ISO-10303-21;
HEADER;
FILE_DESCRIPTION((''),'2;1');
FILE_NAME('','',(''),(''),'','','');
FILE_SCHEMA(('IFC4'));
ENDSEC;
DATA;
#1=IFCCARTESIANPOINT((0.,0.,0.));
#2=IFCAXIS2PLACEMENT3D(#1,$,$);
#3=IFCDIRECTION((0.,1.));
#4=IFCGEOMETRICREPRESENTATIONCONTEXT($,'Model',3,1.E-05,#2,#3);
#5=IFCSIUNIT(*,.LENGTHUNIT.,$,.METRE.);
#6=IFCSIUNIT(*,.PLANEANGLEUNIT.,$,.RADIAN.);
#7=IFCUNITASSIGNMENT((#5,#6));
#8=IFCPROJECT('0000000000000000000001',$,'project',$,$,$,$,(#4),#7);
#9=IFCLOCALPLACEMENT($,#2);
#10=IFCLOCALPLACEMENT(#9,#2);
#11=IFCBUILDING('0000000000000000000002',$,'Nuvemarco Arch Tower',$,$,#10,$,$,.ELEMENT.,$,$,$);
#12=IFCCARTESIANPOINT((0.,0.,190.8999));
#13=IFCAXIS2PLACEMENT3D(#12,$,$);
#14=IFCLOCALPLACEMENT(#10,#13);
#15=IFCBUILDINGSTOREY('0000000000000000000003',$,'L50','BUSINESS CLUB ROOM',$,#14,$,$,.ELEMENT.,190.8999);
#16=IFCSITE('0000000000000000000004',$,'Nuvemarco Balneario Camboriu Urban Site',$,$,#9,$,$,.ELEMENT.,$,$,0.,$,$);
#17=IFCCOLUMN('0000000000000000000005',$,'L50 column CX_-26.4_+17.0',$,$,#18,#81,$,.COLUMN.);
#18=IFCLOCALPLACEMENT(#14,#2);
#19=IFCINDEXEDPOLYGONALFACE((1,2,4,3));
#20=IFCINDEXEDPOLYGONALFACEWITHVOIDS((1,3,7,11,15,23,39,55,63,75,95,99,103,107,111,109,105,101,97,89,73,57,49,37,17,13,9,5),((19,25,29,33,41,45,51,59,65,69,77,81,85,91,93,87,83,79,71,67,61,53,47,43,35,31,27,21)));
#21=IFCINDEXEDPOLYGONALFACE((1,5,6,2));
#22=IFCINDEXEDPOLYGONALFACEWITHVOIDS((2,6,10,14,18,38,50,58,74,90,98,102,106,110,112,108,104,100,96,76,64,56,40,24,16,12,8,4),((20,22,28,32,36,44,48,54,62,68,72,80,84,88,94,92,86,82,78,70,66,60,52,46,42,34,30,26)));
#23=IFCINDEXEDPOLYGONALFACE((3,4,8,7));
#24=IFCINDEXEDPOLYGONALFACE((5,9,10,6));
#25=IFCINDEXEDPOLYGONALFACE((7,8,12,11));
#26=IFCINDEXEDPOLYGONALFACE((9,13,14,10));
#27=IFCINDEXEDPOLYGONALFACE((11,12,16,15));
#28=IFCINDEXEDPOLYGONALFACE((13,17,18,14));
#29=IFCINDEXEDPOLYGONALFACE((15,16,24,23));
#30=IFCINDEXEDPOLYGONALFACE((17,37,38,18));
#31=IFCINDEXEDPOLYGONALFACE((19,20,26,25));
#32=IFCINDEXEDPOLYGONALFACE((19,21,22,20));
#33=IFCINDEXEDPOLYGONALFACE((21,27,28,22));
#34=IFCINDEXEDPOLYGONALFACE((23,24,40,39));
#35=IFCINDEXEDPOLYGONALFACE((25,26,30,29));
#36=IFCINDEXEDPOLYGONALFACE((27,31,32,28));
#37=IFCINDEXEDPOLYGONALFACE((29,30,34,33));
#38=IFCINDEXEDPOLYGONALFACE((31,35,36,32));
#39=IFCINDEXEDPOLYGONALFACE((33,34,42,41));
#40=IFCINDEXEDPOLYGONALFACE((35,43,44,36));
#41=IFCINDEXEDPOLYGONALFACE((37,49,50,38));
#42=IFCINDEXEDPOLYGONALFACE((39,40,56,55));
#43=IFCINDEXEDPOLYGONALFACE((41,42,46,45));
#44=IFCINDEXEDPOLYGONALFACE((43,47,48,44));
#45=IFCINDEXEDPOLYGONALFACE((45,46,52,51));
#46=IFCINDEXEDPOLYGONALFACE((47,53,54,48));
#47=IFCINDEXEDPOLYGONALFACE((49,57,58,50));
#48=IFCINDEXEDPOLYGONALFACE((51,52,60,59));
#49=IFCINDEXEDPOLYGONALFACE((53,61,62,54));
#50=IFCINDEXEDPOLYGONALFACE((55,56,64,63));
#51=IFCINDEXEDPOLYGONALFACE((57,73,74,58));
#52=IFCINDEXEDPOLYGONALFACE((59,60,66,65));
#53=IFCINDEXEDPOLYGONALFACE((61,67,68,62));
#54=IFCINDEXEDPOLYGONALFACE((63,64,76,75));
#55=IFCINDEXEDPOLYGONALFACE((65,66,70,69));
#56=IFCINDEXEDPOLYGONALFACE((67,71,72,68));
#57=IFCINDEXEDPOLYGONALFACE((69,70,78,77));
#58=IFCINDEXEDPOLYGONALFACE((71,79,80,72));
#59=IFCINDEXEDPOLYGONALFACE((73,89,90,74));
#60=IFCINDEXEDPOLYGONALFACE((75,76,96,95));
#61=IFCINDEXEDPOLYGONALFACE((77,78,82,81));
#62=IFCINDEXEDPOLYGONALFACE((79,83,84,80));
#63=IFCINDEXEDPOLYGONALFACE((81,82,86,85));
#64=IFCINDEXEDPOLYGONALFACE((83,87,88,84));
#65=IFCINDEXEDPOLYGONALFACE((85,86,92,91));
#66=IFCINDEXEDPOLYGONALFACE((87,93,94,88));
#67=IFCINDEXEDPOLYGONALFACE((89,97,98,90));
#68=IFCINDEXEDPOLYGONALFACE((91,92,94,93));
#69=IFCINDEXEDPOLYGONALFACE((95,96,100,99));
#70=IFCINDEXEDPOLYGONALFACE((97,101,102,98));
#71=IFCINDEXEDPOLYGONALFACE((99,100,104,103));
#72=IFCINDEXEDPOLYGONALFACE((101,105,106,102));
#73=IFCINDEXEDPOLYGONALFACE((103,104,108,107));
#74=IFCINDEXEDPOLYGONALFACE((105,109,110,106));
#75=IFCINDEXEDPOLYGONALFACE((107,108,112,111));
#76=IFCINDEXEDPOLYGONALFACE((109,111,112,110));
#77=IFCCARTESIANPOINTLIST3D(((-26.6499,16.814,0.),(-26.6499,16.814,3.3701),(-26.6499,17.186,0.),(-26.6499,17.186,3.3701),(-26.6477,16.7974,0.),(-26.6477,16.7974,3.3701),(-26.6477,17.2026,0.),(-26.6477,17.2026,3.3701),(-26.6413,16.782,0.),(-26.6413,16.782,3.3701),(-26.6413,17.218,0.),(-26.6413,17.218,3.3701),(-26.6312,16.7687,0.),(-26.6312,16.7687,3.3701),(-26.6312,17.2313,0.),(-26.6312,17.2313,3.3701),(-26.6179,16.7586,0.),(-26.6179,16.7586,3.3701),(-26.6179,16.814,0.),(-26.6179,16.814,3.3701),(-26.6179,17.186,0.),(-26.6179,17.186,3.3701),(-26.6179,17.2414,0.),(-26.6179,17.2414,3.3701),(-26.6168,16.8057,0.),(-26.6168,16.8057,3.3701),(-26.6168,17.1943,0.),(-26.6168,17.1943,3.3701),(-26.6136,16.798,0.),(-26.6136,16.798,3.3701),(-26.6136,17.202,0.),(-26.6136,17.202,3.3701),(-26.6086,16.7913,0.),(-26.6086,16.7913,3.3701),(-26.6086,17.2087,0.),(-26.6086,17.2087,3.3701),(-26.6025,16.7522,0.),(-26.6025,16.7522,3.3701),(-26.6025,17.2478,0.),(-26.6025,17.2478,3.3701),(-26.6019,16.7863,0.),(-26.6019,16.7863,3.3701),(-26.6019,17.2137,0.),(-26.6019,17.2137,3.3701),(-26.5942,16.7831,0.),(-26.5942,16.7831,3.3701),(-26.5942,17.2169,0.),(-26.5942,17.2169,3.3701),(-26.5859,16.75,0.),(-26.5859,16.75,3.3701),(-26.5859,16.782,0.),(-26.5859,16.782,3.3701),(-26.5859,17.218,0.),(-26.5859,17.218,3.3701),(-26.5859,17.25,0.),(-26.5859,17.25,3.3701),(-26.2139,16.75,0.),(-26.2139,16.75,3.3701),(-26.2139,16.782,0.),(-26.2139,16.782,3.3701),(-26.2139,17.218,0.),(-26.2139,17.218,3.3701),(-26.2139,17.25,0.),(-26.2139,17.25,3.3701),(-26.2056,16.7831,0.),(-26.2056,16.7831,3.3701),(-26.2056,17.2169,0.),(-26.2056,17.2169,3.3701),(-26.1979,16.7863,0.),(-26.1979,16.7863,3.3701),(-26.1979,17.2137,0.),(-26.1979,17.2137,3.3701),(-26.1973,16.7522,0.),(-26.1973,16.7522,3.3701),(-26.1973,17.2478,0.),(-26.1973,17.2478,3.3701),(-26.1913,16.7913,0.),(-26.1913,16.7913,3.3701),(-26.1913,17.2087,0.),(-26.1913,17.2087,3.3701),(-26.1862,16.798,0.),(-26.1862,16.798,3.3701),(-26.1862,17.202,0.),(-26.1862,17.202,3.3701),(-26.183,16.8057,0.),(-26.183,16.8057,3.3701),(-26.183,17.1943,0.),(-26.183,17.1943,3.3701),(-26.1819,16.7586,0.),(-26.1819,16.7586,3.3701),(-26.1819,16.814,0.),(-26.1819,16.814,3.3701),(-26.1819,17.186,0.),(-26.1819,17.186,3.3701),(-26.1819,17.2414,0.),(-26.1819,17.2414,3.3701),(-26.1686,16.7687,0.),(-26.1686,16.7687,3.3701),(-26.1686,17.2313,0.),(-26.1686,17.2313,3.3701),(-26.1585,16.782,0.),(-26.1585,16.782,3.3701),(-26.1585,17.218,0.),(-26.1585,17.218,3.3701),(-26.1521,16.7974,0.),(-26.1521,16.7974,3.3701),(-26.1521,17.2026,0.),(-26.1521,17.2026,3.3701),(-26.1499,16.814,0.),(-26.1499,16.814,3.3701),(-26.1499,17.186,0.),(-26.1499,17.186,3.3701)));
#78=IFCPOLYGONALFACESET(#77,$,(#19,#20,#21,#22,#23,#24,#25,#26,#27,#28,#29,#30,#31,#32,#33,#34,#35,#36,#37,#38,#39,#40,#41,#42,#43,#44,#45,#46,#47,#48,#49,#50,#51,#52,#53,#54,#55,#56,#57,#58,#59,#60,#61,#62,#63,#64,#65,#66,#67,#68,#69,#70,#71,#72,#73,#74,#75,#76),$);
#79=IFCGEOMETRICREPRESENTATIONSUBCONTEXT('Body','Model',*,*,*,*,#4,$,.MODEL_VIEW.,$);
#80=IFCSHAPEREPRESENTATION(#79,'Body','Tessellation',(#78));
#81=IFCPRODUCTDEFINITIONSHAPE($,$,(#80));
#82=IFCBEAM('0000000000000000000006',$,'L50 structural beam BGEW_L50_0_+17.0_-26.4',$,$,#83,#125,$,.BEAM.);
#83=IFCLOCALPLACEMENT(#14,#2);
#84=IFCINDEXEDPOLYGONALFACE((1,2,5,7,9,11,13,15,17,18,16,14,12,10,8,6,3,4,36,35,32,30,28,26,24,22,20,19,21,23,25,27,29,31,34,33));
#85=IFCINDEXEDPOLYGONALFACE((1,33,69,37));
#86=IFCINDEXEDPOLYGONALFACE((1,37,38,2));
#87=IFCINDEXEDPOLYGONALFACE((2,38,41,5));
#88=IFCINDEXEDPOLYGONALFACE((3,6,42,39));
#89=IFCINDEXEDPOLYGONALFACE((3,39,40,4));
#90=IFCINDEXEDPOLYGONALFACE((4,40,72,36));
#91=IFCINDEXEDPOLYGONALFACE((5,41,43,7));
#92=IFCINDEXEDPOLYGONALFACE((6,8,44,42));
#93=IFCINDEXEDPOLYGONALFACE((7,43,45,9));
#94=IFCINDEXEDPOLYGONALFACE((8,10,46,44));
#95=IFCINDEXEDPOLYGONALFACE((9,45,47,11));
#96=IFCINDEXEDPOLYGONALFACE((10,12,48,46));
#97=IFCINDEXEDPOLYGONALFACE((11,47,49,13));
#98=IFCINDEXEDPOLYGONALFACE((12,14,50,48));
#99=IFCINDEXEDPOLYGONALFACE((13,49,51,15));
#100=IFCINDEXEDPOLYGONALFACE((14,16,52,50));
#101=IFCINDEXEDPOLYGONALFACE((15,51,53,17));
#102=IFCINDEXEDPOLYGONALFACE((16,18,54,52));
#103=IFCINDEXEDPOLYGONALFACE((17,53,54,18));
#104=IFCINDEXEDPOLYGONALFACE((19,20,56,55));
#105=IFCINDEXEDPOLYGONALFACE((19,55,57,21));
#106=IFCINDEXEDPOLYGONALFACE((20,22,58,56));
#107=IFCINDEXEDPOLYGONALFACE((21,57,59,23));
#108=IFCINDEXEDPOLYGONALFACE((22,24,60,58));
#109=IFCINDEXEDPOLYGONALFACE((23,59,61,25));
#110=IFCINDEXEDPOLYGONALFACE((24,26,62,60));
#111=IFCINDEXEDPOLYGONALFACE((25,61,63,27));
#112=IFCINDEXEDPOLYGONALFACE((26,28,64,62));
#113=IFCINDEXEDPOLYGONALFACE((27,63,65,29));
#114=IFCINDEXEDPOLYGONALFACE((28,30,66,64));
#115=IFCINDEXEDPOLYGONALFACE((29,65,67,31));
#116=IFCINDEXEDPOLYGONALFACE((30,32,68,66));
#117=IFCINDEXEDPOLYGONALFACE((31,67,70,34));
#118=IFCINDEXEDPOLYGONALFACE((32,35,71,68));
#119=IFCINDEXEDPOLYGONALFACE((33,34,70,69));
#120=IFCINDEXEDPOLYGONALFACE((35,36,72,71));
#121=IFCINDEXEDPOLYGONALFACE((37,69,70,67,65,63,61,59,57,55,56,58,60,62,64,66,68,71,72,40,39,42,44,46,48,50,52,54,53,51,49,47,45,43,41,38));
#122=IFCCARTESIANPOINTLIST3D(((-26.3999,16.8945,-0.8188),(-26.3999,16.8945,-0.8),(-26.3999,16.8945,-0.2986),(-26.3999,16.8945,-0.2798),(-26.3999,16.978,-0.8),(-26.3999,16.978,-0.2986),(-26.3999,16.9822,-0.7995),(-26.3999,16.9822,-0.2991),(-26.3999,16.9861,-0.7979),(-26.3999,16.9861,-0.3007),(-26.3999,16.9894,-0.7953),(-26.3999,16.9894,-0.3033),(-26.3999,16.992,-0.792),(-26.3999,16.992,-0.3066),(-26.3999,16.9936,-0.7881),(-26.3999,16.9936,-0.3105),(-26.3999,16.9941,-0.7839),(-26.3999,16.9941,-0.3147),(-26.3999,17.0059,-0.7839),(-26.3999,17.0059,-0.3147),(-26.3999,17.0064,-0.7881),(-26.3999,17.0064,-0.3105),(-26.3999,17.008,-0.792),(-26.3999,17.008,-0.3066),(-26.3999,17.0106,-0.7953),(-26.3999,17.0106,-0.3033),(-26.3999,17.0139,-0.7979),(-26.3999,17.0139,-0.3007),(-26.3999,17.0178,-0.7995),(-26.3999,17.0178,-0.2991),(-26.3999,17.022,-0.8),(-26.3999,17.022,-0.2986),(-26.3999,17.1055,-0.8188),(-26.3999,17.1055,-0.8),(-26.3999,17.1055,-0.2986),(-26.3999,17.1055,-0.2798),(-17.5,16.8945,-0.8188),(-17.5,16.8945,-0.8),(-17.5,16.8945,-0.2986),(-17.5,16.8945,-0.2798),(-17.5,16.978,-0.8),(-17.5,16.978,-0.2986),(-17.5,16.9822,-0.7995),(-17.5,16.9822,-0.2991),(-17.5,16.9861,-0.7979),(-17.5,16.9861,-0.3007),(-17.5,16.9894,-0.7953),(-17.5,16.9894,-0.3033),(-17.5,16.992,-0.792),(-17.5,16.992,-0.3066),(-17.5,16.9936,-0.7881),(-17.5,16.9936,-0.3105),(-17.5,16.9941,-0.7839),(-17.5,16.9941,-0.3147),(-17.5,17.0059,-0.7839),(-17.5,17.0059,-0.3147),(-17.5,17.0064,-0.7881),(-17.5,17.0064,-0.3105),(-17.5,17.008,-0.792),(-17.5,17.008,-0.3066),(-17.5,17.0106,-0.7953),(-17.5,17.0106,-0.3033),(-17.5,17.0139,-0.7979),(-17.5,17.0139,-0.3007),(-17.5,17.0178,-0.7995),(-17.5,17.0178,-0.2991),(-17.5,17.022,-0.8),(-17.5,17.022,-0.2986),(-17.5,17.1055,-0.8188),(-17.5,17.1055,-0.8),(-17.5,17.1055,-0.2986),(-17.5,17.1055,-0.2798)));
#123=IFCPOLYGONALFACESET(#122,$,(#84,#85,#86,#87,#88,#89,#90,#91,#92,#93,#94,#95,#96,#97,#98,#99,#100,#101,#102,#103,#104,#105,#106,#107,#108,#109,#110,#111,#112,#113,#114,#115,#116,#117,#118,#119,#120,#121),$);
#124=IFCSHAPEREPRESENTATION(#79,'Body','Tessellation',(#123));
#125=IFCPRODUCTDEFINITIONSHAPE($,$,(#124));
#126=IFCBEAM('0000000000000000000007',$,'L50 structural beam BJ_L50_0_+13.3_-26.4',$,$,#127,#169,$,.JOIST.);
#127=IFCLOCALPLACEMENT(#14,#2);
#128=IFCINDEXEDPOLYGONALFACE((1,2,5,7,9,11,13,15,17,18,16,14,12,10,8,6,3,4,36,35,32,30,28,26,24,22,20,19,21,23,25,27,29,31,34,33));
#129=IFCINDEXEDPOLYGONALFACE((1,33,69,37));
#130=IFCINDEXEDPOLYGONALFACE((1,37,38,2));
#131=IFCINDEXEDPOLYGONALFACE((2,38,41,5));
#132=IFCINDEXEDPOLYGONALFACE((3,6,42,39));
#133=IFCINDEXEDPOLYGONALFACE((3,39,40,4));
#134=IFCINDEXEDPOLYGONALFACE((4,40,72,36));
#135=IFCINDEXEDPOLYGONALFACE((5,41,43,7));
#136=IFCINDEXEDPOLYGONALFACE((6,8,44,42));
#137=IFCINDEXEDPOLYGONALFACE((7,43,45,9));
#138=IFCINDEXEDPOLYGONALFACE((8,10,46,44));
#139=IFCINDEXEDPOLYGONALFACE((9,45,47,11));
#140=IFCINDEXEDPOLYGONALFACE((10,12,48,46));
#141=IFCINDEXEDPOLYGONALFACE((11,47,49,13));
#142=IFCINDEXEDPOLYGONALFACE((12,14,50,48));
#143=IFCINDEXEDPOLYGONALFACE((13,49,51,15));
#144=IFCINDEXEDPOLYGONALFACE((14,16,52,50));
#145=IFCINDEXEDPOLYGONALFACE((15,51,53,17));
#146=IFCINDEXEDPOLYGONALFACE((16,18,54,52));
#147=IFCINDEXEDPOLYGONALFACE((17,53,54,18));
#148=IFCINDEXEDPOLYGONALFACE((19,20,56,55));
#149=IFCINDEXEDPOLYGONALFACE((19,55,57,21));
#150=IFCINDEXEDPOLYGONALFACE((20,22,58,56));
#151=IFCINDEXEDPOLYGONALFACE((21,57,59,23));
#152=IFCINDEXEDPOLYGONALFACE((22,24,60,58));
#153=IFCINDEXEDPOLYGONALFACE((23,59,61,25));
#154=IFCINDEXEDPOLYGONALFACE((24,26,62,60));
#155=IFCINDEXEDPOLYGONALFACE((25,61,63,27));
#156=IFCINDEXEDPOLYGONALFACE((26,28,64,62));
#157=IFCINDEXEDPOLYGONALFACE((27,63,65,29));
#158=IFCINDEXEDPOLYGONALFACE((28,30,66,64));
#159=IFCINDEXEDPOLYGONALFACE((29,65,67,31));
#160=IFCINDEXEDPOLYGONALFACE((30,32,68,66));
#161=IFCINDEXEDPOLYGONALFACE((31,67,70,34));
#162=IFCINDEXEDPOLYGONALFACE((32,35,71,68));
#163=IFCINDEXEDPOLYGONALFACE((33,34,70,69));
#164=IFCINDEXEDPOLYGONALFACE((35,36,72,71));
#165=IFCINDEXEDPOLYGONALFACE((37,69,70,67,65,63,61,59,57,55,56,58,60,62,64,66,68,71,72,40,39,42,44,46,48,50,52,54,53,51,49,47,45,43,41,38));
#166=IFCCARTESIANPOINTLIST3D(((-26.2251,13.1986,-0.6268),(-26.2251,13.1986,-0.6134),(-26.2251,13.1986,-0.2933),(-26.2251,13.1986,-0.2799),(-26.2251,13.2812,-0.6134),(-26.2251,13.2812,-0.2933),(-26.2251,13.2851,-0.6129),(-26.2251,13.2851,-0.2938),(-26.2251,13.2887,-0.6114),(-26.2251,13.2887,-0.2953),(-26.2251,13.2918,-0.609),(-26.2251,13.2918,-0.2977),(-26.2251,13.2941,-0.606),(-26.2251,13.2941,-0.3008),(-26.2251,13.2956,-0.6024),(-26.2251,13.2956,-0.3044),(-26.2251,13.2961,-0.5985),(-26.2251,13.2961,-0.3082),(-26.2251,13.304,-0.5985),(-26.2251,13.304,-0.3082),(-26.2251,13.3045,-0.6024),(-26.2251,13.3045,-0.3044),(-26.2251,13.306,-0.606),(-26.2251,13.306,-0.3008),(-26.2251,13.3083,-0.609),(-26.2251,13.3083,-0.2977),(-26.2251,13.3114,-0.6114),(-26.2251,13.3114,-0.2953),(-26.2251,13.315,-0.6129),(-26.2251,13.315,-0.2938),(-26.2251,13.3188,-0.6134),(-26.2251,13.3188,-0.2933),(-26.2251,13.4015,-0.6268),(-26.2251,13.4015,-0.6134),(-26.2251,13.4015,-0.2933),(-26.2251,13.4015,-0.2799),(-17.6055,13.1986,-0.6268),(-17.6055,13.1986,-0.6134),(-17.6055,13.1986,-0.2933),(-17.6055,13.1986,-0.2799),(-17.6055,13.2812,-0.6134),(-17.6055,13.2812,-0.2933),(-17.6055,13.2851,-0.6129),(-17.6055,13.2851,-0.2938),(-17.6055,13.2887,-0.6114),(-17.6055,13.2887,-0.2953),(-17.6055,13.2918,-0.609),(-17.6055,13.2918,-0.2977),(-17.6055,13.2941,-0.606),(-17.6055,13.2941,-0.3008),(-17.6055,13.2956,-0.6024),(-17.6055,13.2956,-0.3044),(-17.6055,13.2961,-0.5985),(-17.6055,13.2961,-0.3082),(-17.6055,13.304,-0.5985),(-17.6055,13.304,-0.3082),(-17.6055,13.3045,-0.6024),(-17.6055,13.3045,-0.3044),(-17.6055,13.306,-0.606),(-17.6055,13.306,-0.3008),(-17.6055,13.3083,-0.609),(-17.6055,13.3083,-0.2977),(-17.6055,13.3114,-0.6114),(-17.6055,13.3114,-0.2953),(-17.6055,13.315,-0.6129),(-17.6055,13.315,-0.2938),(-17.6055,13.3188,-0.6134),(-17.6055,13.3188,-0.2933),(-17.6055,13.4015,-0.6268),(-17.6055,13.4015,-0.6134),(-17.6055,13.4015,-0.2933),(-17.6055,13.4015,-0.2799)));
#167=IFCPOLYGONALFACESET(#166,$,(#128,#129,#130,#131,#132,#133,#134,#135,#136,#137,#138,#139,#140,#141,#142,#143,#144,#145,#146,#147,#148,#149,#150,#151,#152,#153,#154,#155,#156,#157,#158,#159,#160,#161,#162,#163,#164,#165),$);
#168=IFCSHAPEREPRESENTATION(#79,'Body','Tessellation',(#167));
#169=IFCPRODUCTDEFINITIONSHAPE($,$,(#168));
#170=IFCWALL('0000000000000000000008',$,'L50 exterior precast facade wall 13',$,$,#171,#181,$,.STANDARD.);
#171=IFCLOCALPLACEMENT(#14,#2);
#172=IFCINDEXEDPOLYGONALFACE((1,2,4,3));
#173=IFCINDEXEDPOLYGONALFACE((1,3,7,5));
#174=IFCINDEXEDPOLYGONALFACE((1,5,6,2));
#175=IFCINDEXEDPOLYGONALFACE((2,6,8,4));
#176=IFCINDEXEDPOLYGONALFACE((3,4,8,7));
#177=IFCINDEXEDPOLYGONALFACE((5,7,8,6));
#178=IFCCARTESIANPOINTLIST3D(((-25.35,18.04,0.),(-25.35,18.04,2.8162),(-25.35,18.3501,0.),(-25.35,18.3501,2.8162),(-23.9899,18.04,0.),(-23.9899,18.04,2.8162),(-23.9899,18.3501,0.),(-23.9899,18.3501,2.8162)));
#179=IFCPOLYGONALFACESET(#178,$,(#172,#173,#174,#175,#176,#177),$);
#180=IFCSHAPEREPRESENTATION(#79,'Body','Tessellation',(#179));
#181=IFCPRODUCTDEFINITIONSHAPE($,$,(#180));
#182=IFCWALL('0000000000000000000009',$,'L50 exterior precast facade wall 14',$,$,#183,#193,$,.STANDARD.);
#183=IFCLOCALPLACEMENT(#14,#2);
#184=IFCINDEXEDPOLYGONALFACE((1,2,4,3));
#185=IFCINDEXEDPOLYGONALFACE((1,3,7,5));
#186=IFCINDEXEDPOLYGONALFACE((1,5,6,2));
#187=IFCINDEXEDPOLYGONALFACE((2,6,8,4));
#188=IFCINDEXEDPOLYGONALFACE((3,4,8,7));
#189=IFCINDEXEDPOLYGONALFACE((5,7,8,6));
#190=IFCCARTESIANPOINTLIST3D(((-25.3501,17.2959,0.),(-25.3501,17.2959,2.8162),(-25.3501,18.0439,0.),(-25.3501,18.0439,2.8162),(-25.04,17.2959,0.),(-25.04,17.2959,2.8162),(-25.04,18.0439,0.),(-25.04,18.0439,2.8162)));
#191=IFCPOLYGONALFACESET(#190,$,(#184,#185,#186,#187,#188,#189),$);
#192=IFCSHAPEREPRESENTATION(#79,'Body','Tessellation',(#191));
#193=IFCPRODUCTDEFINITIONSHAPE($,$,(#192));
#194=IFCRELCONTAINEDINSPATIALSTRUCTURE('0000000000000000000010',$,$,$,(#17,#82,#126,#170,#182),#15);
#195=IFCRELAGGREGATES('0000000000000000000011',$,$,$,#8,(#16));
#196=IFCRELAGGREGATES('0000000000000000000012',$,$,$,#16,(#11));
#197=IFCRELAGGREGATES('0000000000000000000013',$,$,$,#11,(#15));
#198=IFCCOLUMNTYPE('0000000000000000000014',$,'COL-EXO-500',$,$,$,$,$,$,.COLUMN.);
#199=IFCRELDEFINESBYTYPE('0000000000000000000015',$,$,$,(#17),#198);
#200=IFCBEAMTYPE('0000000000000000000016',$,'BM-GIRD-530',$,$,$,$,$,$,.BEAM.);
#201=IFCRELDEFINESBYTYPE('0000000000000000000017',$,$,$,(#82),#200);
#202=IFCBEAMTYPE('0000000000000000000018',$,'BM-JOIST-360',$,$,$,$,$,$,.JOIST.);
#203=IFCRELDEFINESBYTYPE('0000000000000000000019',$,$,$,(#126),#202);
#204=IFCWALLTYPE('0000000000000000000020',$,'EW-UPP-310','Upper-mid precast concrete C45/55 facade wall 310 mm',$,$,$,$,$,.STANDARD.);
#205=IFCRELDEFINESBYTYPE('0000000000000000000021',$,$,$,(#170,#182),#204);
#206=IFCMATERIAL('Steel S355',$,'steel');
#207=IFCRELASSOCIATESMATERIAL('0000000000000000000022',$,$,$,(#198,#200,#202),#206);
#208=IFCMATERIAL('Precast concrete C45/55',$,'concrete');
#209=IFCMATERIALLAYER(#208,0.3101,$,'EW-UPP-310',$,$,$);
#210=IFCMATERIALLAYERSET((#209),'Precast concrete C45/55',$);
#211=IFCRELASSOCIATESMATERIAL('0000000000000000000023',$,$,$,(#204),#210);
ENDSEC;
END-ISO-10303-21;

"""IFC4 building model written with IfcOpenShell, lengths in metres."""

from ifc_helpers import new_model, si_unit, direction, frame, frame_2d, origin, origin_2d, place, context, subcontext, project, spatial, rectangle, hollow_rectangle, i_section, extrude, material, layer, layer_set, material_profile, profile_set, type_object, element, save


model = new_model("IFC4")

# Units and contexts
model_context = context("Model", 3, precision=1e-05, world=origin(), true_north=direction((0.0, 1.0)))
body_context = subcontext(model_context, "Body", "Model", "MODEL_VIEW")
ifc_project = project(units=[si_unit("LENGTHUNIT", "METRE"), si_unit("PLANEANGLEUNIT", "RADIAN")], contexts=[model_context])

# Site, building, storey
site_placement = place(None, origin())
site = spatial("IfcSite", under=ifc_project, at=site_placement, Name="Nuvemarco Balneario Camboriu Urban Site", CompositionType="ELEMENT", RefElevation=0.0)
building_placement = place(site_placement, origin())
building = spatial("IfcBuilding", under=site, at=building_placement, Name="Nuvemarco Arch Tower", CompositionType="ELEMENT")
storey_placement = place(building_placement, frame((0.0, 0.0, 190.8999)))
storey = spatial("IfcBuildingStorey", under=building, at=storey_placement, Name="L50", Description="BUSINESS CLUB ROOM", CompositionType="ELEMENT", Elevation=190.8999)

# Column
ifc_material_1 = material(Name="Steel S355", Category="steel")
ifc_material_profile_1 = material_profile(ifc_material_1, hollow_rectangle(XDim=0.5, YDim=0.5, WallThickness=0.032, InnerFilletRadius=0.032, OuterFilletRadius=0.064, at=origin_2d()), Name="SHS500x500x32")
ifc_profile_set_1 = profile_set([ifc_material_profile_1], Name="Steel S355")
column_type = type_object("IfcColumnType", Name="COL-EXO-500", PredefinedType="COLUMN", material=ifc_profile_set_1)
column_placement = place(storey_placement, frame((-26.3999, 17.0, 0.0), z_axis=(0.0, 0.0, 1.0), x_axis=(1.0, 0.0, 0.0)))
element("IfcColumn", 1, at=column_placement, inside=storey, type_object=column_type, Name="L50 column CX_-26.4_+17.0", PredefinedType="COLUMN", context=body_context, shape_type="SweptSolid", body=[
    extrude(hollow_rectangle(XDim=0.5, YDim=0.5, WallThickness=0.032, InnerFilletRadius=0.032, OuterFilletRadius=0.064, at=origin_2d()), origin(), (0.0, 0.0, 1.0), 3.3701),
])

# Beams
ifc_material_profile_2 = material_profile(ifc_material_1, i_section(OverallWidth=0.2109, OverallDepth=0.5391, WebThickness=0.0117, FlangeThickness=0.0188, FilletRadius=0.0161, at=origin_2d()), Name="W530x109")
ifc_profile_set_2 = profile_set([ifc_material_profile_2], Name="Steel S355")
beam_type_1 = type_object("IfcBeamType", Name="BM-GIRD-530", PredefinedType="BEAM", material=ifc_profile_set_2)
beam_1_placement = place(storey_placement, frame((-26.3999, 17.0, -0.5493), z_axis=(1.0, 0.0, 0.0), x_axis=(0.0, 1.0, 0.0)))
element("IfcBeam", 2, at=beam_1_placement, inside=storey, type_object=beam_type_1, Name="L50 structural beam BGEW_L50_0_+17.0_-26.4", PredefinedType="BEAM", context=body_context, shape_type="SweptSolid", body=[
    extrude(i_section(OverallWidth=0.2109, OverallDepth=0.5391, WebThickness=0.0117, FlangeThickness=0.0188, FilletRadius=0.0161, at=origin_2d()), origin(), (0.0, 0.0, 1.0), 8.8999),
])
ifc_material_profile_3 = material_profile(ifc_material_1, i_section(OverallWidth=0.2029, OverallDepth=0.3469, WebThickness=0.0078, FlangeThickness=0.0134, FilletRadius=0.0149, at=origin_2d()), Name="W360x64")
ifc_profile_set_3 = profile_set([ifc_material_profile_3], Name="Steel S355")
beam_type_2 = type_object("IfcBeamType", Name="BM-JOIST-360", PredefinedType="JOIST", material=ifc_profile_set_3)
beam_2_placement = place(storey_placement, frame((-26.2251, 13.3, -0.4534), z_axis=(1.0, 0.0, 0.0), x_axis=(0.0, 1.0, 0.0)))
element("IfcBeam", 3, at=beam_2_placement, inside=storey, type_object=beam_type_2, Name="L50 structural beam BJ_L50_0_+13.3_-26.4", PredefinedType="JOIST", context=body_context, shape_type="SweptSolid", body=[
    extrude(i_section(OverallWidth=0.2029, OverallDepth=0.3469, WebThickness=0.0078, FlangeThickness=0.0134, FilletRadius=0.0149, at=origin_2d()), origin(), (0.0, 0.0, 1.0), 8.6196),
])

# Shared definitions
ifc_material_2 = material(Name="Precast concrete C45/55", Category="concrete")
ifc_layer_1 = layer(ifc_material_2, 0.3101, Name="EW-UPP-310")
ifc_layer_set_1 = layer_set([ifc_layer_1], Name="Precast concrete C45/55")
wall_type_1 = type_object("IfcWallType", Name="EW-UPP-310", Description="Upper-mid precast concrete C45/55 facade wall 310 mm", PredefinedType="STANDARD", material=ifc_layer_set_1)

# Walls
wall_1_placement = place(storey_placement, frame((-25.3501, 18.1951, 0.0), z_axis=(0.0, 0.0, 1.0), x_axis=(1.0, 0.0, 0.0)))
element("IfcWall", 4, at=wall_1_placement, inside=storey, type_object=wall_type_1, Name="L50 exterior precast facade wall 13", PredefinedType="STANDARD", context=body_context, shape_type="SweptSolid", body=[
    extrude(rectangle(XDim=1.3601, YDim=0.3101, at=frame_2d((0.6802, 0.0))), origin(), (0.0, 0.0, 1.0), 2.8162),
])
wall_2_placement = place(storey_placement, frame((-25.1951, 17.2959, 0.0), z_axis=(0.0, 0.0, 1.0), x_axis=(0.0, 1.0, 0.0)))
element("IfcWall", 5, at=wall_2_placement, inside=storey, type_object=wall_type_1, Name="L50 exterior precast facade wall 14", PredefinedType="STANDARD", context=body_context, shape_type="SweptSolid", body=[
    extrude(rectangle(XDim=0.748, YDim=0.3101, at=frame_2d((0.374, 0.0))), origin(), (0.0, 0.0, 1.0), 2.8162),
])

save(model, "model.ifc")
